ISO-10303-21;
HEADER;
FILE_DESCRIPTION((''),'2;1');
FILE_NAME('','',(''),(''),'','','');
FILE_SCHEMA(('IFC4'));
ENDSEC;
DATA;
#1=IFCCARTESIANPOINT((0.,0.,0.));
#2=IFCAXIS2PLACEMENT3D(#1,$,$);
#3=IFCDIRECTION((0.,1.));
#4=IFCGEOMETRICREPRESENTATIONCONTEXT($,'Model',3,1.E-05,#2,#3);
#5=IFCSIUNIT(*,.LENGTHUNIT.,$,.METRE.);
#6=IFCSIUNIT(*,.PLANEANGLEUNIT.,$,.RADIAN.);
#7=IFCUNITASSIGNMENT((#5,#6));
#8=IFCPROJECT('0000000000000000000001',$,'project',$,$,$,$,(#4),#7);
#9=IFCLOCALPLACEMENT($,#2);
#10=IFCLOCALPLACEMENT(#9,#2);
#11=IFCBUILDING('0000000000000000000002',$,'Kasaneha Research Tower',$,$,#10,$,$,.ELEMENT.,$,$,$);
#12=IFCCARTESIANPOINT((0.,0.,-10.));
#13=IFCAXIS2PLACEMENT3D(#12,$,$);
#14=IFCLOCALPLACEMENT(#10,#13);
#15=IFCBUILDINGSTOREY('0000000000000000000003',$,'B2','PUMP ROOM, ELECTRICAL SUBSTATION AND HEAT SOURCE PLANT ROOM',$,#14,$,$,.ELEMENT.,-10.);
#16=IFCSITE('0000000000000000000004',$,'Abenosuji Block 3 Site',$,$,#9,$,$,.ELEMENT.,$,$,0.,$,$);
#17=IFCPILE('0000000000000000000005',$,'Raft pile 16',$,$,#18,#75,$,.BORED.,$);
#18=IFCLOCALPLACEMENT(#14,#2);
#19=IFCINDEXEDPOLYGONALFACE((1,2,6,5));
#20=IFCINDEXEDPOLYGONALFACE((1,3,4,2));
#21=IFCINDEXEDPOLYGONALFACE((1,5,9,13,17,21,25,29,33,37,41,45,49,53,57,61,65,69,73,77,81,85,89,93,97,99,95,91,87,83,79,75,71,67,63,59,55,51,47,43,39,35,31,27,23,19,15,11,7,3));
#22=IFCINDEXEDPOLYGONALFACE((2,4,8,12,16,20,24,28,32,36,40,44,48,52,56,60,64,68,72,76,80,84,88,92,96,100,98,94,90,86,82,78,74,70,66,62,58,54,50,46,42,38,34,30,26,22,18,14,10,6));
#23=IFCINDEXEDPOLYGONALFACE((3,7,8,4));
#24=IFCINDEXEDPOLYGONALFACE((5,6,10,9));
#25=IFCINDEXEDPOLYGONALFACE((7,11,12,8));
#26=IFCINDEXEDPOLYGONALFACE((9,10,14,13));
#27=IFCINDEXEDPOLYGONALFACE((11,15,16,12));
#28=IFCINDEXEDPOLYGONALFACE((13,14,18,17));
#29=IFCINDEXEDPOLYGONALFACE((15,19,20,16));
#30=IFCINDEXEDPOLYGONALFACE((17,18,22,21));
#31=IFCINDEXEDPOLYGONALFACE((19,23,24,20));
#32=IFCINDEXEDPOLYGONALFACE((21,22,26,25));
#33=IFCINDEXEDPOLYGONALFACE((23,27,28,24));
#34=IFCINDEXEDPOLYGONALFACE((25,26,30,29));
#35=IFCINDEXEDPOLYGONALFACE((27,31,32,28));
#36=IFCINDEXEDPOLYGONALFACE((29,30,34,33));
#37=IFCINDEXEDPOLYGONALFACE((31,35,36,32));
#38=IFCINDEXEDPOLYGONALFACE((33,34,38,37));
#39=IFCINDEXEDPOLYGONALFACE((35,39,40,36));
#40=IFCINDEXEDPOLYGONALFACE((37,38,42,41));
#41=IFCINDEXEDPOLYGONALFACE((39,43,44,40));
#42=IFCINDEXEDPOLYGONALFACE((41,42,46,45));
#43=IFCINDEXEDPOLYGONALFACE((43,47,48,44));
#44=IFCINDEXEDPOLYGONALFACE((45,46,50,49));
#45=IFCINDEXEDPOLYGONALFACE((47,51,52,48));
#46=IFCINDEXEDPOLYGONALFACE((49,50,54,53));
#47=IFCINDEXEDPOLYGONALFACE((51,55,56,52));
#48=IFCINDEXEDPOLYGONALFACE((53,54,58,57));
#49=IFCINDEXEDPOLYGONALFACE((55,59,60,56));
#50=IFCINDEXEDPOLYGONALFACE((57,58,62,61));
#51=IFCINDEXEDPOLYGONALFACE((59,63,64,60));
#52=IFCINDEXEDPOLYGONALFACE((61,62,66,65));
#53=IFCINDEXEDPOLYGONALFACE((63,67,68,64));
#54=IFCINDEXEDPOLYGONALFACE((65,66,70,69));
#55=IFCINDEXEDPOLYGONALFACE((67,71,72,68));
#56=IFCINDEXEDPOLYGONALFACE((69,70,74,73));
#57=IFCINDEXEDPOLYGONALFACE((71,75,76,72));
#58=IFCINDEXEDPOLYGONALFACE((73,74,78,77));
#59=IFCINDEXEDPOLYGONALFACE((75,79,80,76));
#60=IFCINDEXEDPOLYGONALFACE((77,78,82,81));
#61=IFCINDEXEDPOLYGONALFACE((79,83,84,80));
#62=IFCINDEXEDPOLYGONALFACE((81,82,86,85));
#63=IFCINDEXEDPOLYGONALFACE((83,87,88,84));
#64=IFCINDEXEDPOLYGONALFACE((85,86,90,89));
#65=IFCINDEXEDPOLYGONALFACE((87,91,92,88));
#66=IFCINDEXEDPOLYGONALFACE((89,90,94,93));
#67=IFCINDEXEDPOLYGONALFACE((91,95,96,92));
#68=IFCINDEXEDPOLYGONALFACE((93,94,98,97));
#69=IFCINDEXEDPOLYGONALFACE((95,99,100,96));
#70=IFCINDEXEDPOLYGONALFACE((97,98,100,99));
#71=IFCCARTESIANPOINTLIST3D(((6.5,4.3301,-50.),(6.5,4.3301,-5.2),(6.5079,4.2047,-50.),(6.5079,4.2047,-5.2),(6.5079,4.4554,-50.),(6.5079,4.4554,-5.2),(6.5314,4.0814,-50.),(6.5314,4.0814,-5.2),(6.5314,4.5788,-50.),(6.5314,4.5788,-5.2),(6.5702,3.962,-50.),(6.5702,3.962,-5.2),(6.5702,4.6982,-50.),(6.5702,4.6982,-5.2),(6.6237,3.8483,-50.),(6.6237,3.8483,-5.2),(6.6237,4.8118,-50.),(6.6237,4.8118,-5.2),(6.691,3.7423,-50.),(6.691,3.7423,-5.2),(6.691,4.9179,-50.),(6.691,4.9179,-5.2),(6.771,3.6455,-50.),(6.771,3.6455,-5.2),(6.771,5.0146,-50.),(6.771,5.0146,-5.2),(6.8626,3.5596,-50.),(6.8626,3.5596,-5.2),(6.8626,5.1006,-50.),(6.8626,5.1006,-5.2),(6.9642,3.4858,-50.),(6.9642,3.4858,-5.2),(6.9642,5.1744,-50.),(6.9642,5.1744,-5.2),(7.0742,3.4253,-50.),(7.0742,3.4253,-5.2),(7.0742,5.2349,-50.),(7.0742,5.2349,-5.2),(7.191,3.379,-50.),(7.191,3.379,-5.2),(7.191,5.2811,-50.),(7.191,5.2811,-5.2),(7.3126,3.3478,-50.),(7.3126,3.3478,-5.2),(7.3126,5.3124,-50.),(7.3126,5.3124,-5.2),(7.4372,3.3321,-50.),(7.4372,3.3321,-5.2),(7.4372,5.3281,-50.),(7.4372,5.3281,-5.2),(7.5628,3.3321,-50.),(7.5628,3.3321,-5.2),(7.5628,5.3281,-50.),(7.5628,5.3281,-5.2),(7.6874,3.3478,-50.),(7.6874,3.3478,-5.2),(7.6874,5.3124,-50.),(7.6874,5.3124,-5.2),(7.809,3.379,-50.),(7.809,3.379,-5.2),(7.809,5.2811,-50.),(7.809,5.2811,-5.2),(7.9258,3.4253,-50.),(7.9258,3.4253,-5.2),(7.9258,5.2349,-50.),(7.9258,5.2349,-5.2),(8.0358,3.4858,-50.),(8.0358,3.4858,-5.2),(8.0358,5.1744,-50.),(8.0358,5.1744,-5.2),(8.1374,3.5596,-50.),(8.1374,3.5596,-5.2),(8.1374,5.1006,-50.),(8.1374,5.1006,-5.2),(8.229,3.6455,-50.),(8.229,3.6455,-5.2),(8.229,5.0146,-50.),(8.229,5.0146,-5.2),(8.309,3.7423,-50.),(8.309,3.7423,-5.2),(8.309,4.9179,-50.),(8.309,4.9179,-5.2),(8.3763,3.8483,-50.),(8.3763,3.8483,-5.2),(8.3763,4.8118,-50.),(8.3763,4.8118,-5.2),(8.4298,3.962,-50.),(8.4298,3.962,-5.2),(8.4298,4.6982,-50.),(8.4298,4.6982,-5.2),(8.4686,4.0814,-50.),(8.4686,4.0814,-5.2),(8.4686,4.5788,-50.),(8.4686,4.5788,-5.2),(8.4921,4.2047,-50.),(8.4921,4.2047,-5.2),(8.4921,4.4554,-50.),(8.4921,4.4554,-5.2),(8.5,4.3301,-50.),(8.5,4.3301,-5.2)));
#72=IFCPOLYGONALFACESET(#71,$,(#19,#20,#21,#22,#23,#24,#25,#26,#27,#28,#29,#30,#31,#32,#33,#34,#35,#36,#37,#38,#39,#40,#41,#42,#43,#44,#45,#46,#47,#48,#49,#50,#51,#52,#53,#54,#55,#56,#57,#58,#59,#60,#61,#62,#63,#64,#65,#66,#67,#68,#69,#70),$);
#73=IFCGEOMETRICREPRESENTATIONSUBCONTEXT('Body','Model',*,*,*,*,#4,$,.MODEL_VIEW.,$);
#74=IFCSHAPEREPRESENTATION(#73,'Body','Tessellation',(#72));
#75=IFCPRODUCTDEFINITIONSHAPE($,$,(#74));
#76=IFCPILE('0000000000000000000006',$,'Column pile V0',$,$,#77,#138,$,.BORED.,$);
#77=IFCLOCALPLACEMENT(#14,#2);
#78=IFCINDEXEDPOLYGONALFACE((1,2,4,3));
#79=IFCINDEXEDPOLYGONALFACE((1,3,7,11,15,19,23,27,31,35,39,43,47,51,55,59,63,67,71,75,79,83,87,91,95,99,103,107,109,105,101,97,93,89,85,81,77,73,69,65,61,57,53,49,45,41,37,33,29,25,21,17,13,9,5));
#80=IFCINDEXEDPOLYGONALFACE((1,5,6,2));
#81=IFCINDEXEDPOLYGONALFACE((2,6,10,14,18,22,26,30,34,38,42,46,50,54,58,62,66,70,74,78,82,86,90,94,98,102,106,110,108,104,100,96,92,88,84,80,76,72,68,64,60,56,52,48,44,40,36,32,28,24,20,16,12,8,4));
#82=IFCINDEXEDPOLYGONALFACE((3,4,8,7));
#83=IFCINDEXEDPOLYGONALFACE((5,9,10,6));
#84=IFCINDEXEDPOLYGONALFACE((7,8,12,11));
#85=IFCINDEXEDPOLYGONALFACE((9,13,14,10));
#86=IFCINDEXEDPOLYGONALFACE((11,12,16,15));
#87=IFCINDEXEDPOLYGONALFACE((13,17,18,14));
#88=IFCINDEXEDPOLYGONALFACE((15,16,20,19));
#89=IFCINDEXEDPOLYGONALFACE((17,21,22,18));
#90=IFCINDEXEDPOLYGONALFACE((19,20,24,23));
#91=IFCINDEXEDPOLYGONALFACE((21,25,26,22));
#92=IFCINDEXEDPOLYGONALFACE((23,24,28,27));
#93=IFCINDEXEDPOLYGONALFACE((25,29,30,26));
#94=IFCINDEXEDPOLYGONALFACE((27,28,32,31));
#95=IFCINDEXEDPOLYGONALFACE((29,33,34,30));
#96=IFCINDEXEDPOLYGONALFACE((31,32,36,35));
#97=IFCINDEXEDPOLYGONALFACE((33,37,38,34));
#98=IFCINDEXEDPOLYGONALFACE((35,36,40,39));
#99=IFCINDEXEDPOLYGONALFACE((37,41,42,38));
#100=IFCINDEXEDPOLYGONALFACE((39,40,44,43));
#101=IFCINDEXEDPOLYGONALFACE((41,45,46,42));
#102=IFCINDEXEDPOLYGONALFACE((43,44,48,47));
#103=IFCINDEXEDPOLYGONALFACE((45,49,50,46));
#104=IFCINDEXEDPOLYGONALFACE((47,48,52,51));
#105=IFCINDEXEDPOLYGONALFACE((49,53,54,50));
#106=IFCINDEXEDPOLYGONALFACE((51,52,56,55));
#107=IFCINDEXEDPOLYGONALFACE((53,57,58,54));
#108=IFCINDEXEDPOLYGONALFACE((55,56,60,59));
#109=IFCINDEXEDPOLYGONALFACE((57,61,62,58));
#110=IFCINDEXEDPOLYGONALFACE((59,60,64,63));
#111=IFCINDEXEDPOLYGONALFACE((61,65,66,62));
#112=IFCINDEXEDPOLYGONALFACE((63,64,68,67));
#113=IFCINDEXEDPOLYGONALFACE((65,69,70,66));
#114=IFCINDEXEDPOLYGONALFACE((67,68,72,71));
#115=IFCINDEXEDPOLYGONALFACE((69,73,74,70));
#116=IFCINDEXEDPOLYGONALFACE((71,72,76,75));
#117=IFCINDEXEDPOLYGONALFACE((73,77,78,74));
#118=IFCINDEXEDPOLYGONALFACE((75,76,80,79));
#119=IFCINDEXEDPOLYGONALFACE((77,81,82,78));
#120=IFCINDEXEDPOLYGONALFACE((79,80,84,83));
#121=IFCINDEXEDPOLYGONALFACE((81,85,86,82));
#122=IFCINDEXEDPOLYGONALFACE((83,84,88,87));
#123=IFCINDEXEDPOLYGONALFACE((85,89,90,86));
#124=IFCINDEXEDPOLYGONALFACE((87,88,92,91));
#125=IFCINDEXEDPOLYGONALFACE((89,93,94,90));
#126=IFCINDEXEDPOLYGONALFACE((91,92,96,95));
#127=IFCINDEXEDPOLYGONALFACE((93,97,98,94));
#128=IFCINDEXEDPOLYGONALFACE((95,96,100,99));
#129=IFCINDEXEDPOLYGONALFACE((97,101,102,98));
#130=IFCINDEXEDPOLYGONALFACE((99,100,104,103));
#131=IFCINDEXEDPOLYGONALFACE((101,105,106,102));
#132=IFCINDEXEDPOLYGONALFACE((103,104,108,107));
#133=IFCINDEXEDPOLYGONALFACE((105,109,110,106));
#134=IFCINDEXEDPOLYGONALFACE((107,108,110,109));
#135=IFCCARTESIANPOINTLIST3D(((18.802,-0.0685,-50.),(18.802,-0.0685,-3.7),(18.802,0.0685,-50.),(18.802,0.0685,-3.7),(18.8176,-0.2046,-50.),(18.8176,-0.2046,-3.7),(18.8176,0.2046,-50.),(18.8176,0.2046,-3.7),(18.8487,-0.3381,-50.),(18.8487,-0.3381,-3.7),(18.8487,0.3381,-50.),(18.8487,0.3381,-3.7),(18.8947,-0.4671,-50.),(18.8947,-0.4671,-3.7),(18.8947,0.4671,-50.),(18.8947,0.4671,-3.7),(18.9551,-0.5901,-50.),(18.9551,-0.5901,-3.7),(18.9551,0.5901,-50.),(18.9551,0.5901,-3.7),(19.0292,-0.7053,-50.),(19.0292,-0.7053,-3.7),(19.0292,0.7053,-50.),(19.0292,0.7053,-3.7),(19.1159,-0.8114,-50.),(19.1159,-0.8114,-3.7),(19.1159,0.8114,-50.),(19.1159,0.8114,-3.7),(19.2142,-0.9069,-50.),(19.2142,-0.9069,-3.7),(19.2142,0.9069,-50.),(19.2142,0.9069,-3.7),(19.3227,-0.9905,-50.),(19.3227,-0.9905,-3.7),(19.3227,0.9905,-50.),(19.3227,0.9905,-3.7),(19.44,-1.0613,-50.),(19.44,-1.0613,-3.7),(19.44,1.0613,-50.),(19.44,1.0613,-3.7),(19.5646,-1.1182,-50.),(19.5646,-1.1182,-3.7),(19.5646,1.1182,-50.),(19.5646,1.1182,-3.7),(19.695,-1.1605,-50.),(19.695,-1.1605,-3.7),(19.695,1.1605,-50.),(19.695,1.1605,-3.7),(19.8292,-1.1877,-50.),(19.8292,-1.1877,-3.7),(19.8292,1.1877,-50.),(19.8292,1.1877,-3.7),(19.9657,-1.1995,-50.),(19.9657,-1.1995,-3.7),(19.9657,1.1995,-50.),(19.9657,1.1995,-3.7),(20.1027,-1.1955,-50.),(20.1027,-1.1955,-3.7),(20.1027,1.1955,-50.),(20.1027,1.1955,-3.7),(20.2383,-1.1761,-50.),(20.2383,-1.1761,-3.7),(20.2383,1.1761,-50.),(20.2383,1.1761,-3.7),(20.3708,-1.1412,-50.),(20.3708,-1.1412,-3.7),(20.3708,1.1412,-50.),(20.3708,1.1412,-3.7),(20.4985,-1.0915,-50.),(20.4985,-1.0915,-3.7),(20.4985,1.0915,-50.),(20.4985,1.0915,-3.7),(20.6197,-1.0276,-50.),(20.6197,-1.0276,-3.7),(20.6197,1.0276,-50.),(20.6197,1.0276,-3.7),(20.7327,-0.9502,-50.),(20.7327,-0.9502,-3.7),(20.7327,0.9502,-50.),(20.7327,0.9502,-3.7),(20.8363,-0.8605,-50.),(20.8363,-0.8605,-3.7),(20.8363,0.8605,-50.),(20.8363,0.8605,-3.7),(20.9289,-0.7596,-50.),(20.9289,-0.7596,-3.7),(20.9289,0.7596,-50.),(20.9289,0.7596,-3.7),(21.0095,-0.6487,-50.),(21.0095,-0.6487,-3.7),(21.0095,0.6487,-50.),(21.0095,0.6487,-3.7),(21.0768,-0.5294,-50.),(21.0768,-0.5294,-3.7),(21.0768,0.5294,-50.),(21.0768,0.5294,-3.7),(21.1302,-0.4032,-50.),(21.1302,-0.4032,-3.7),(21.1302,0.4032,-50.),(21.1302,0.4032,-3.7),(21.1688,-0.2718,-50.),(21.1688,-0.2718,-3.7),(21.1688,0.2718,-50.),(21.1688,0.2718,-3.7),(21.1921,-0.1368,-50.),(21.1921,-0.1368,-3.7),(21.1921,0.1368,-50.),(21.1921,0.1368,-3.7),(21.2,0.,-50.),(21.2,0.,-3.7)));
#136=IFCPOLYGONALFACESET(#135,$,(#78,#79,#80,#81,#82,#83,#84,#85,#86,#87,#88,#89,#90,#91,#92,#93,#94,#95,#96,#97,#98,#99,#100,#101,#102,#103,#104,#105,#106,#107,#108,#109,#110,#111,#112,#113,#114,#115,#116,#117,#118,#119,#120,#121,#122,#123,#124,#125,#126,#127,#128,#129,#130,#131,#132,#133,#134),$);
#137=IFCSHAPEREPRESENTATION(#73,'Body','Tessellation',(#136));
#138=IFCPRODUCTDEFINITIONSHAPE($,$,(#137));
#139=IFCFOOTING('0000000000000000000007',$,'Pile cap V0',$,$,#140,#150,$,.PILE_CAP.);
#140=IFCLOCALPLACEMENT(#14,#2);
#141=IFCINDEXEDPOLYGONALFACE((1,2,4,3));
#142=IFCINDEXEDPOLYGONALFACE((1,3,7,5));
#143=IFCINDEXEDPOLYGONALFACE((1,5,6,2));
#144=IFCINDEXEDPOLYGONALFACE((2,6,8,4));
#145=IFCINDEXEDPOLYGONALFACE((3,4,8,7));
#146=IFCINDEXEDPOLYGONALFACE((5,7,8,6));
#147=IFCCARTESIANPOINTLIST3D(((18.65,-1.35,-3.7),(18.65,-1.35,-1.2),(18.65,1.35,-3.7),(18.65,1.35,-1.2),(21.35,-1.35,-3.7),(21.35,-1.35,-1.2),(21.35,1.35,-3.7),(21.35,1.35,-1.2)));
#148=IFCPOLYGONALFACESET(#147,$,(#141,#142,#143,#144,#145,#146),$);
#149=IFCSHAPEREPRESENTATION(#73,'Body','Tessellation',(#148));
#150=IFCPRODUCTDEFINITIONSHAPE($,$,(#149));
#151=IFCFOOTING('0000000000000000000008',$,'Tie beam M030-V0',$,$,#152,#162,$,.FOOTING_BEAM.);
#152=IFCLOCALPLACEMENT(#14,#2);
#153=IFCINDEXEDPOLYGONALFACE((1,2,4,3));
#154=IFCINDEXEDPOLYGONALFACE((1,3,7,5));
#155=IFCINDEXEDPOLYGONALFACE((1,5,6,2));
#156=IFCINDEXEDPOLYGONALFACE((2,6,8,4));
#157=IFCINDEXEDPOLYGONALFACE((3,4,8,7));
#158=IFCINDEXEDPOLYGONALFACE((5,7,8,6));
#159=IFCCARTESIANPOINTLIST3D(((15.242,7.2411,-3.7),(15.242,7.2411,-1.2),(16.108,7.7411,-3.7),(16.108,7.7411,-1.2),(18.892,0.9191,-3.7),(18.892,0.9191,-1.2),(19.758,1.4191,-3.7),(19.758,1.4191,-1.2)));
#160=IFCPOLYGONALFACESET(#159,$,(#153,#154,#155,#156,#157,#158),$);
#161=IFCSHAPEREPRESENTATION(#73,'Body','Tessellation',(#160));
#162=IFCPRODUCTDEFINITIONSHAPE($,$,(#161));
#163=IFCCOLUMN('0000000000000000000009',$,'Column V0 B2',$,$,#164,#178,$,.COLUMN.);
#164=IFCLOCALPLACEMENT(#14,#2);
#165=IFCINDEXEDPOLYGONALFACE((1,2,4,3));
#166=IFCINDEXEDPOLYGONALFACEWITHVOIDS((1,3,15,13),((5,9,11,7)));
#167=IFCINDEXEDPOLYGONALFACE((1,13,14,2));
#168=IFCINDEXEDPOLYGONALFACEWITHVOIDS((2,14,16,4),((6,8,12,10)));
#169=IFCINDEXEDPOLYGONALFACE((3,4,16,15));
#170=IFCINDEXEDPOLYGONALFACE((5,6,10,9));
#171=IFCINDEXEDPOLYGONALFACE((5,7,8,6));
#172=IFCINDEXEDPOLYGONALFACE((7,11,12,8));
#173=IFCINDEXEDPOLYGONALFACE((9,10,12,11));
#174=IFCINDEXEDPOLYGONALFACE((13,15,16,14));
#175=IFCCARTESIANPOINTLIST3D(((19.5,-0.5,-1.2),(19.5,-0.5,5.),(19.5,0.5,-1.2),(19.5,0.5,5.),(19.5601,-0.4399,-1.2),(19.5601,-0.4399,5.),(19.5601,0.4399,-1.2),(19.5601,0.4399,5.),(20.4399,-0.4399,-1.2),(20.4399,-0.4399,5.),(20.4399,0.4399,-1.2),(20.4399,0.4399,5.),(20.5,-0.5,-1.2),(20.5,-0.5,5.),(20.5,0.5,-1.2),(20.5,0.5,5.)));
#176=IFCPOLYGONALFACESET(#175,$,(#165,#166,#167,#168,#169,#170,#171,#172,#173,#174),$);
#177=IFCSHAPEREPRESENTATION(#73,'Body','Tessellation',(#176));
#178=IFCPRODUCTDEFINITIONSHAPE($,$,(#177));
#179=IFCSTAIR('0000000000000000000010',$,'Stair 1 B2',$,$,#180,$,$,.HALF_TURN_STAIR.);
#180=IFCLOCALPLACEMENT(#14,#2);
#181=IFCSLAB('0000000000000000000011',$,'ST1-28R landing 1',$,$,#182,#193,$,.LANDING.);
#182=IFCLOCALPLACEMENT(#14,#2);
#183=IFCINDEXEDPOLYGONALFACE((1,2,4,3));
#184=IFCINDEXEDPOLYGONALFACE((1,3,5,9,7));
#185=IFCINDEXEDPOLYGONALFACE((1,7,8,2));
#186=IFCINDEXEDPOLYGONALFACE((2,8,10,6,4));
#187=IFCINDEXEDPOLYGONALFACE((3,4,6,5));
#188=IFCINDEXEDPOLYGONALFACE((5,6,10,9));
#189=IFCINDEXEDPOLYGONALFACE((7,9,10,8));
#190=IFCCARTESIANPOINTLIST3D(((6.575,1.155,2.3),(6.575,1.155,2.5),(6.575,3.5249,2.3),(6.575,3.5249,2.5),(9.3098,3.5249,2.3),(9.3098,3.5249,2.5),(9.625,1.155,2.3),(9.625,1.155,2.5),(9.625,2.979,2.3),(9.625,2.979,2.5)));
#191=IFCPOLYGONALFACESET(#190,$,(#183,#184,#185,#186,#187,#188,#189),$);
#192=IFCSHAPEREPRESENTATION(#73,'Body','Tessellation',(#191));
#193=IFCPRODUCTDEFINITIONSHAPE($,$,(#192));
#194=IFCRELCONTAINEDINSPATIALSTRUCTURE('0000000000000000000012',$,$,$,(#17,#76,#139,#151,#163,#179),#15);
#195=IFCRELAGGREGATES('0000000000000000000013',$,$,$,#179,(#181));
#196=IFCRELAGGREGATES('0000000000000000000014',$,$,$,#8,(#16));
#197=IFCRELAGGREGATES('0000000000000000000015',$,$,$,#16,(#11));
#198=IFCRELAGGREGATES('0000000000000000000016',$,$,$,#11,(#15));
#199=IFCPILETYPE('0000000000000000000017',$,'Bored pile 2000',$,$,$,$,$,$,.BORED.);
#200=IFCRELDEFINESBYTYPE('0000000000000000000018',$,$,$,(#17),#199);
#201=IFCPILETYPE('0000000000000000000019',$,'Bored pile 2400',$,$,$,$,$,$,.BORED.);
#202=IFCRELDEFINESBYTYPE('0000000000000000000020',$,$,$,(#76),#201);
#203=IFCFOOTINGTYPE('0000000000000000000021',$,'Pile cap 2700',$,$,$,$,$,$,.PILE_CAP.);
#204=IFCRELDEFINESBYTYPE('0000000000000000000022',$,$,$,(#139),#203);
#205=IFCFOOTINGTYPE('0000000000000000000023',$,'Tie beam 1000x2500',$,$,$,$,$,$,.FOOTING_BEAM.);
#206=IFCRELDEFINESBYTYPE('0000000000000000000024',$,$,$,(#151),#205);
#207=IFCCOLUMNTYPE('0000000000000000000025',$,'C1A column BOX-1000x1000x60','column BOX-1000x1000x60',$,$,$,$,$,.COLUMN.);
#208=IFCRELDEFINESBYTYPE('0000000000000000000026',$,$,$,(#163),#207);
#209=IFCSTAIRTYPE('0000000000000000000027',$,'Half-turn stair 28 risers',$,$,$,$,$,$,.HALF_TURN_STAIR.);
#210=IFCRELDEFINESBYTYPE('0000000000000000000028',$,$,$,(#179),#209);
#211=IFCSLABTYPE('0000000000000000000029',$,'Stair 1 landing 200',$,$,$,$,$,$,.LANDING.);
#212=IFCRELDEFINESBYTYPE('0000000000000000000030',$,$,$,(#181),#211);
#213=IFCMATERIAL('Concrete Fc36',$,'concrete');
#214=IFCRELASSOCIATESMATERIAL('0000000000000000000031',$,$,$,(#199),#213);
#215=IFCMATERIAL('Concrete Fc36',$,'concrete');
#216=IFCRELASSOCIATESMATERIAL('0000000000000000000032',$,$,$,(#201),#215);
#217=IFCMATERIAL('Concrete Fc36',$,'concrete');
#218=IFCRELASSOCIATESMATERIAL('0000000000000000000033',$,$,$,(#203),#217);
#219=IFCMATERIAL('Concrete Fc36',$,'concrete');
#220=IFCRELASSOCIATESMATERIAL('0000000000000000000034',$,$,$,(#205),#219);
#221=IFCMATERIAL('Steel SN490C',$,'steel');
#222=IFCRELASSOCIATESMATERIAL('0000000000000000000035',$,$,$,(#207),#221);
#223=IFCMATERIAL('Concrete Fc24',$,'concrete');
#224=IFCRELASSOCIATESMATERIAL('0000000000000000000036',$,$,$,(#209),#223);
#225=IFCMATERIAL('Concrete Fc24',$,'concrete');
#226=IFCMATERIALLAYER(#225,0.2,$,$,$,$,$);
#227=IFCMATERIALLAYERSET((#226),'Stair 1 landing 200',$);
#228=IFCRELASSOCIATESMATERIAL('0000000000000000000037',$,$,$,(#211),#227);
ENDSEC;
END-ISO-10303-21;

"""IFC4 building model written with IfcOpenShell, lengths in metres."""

from ifc_helpers import new_model, si_unit, direction, frame, origin, origin_2d, place, context, subcontext, project, spatial, polyline, rectangle, hollow_rectangle, circle, outline, extrude, material, layer, layer_set, material_profile, profile_set, type_object, element, aggregate, save


model = new_model("IFC4")

# Units and contexts
model_context = context("Model", 3, precision=1e-05, world=origin(), true_north=direction((0.0, 1.0)))
body_context = subcontext(model_context, "Body", "Model", "MODEL_VIEW")
ifc_project = project(units=[si_unit("LENGTHUNIT", "METRE"), si_unit("PLANEANGLEUNIT", "RADIAN")], contexts=[model_context])

# Site, building, storey
site_placement = place(None, origin())
site = spatial("IfcSite", under=ifc_project, at=site_placement, Name="Abenosuji Block 3 Site", CompositionType="ELEMENT", RefElevation=0.0)
building_placement = place(site_placement, origin())
building = spatial("IfcBuilding", under=site, at=building_placement, Name="Kasaneha Research Tower", CompositionType="ELEMENT")
storey_placement = place(building_placement, frame((0.0, 0.0, -10.0)))
storey = spatial("IfcBuildingStorey", under=building, at=storey_placement, Name="B2", Description="PUMP ROOM, ELECTRICAL SUBSTATION AND HEAT SOURCE PLANT ROOM", CompositionType="ELEMENT", Elevation=-10.0)

# Piles
ifc_material_1 = material(Name="Concrete Fc36", Category="concrete")
ifc_material_profile_1 = material_profile(ifc_material_1, circle(Radius=1.0, at=origin_2d()), Name="Bored pile 2000")
ifc_profile_set_1 = profile_set([ifc_material_profile_1], Name="Concrete Fc36")
pile_type_1 = type_object("IfcPileType", Name="Bored pile 2000", PredefinedType="BORED", material=ifc_profile_set_1)
for number, where, z_axis, x_axis, name in (
    (1, (7.5, 4.3301, -5.2), (0.0, 0.0, -1.0), (1.0, 0.0, 0.0), "Raft pile 16"),
):
    element("IfcPile", number, at=place(storey_placement, frame(where, z_axis=z_axis, x_axis=x_axis)), inside=storey, type_object=pile_type_1, Name=name, PredefinedType="BORED", context=body_context, shape_type="SweptSolid", body=[
        extrude(circle(Radius=1.0, at=origin_2d()), origin(), (0.0, 0.0, 1.0), 44.8),
    ])
ifc_material_2 = material(Name="Concrete Fc36", Category="concrete")
ifc_material_profile_2 = material_profile(ifc_material_2, circle(Radius=1.2, at=origin_2d()), Name="Bored pile 2400")
ifc_profile_set_2 = profile_set([ifc_material_profile_2], Name="Concrete Fc36")
pile_type_2 = type_object("IfcPileType", Name="Bored pile 2400", PredefinedType="BORED", material=ifc_profile_set_2)
pile_placement = place(storey_placement, frame((20.0, 0.0, -3.7), z_axis=(0.0, 0.0, -1.0), x_axis=(1.0, 0.0, 0.0)))
element("IfcPile", 2, at=pile_placement, inside=storey, type_object=pile_type_2, Name="Column pile V0", PredefinedType="BORED", context=body_context, shape_type="SweptSolid", body=[
    extrude(circle(Radius=1.2, at=origin_2d()), origin(), (0.0, 0.0, 1.0), 46.3),
])

# Footings
ifc_material_3 = material(Name="Concrete Fc36", Category="concrete")
footing_type_1 = type_object("IfcFootingType", Name="Pile cap 2700", PredefinedType="PILE_CAP", material=ifc_material_3)
footing_1_placement = place(storey_placement, frame((20.0, 0.0, -3.7), z_axis=(0.0, 0.0, 1.0), x_axis=(1.0, 0.0, 0.0)))
element("IfcFooting", 3, at=footing_1_placement, inside=storey, type_object=footing_type_1, Name="Pile cap V0", PredefinedType="PILE_CAP", context=body_context, shape_type="SweptSolid", body=[
    extrude(rectangle(XDim=2.7, YDim=2.7, at=origin_2d()), origin(), (0.0, 0.0, 1.0), 2.5),
])
ifc_material_4 = material(Name="Concrete Fc36", Category="concrete")
footing_type_2 = type_object("IfcFootingType", Name="Tie beam 1000x2500", PredefinedType="FOOTING_BEAM", material=ifc_material_4)
footing_2_placement = place(storey_placement, frame((17.5, 4.3301, -3.7), z_axis=(0.0, 0.0, 1.0), x_axis=(0.5, -0.866025, 0.0)))
element("IfcFooting", 4, at=footing_2_placement, inside=storey, type_object=footing_type_2, Name="Tie beam M030-V0", PredefinedType="FOOTING_BEAM", context=body_context, shape_type="SweptSolid", body=[
    extrude(rectangle(XDim=7.3, YDim=1.0, at=origin_2d()), origin(), (0.0, 0.0, 1.0), 2.5),
])

# Column
ifc_material_5 = material(Name="Steel SN490C", Category="steel")
ifc_material_profile_3 = material_profile(ifc_material_5, hollow_rectangle(XDim=1.0, YDim=1.0, WallThickness=0.0601, at=origin_2d()), Name="BOX-1000x1000x60")
ifc_profile_set_3 = profile_set([ifc_material_profile_3], Name="Steel SN490C")
column_type = type_object("IfcColumnType", Name="C1A column BOX-1000x1000x60", Description="column BOX-1000x1000x60", PredefinedType="COLUMN", material=ifc_profile_set_3)
column_placement = place(storey_placement, frame((20.0, 0.0, -1.2), z_axis=(0.0, 0.0, 1.0), x_axis=(1.0, 0.0, 0.0)))
element("IfcColumn", 5, at=column_placement, inside=storey, type_object=column_type, Name="Column V0 B2", PredefinedType="COLUMN", context=body_context, shape_type="SweptSolid", body=[
    extrude(hollow_rectangle(XDim=1.0, YDim=1.0, WallThickness=0.0601, at=origin_2d()), origin(), (0.0, 0.0, 1.0), 6.2),
])

# Stair, slab
ifc_material_6 = material(Name="Concrete Fc24", Category="concrete")
stair_type = type_object("IfcStairType", Name="Half-turn stair 28 risers", PredefinedType="HALF_TURN_STAIR", material=ifc_material_6)
stair_1_placement = place(storey_placement, origin())
stair_1 = element("IfcStair", 6, at=stair_1_placement, inside=storey, type_object=stair_type, Name="Stair 1 B2", PredefinedType="HALF_TURN_STAIR")
ifc_material_7 = material(Name="Concrete Fc24", Category="concrete")
ifc_layer_1 = layer(ifc_material_7, 0.2)
ifc_layer_set_1 = layer_set([ifc_layer_1], Name="Stair 1 landing 200")
slab_type_1 = type_object("IfcSlabType", Name="Stair 1 landing 200", PredefinedType="LANDING", material=ifc_layer_set_1)
slab_1_placement = place(storey_placement, frame((0.0, 0.0, 2.3)))
slab_1 = element("IfcSlab", 7, at=slab_1_placement, type_object=slab_type_1, Name="ST1-28R landing 1", PredefinedType="LANDING", context=body_context, shape_type="SweptSolid", body=[
    extrude(outline(polyline([(6.575, 3.5249), (9.3098, 3.5249), (9.625, 2.979), (9.625, 1.155), (6.575, 1.155), (6.575, 3.5249)])), origin(), (0.0, 0.0, 1.0), 0.2),
])

aggregate(stair_1, [slab_1])

save(model, "model.ifc")
